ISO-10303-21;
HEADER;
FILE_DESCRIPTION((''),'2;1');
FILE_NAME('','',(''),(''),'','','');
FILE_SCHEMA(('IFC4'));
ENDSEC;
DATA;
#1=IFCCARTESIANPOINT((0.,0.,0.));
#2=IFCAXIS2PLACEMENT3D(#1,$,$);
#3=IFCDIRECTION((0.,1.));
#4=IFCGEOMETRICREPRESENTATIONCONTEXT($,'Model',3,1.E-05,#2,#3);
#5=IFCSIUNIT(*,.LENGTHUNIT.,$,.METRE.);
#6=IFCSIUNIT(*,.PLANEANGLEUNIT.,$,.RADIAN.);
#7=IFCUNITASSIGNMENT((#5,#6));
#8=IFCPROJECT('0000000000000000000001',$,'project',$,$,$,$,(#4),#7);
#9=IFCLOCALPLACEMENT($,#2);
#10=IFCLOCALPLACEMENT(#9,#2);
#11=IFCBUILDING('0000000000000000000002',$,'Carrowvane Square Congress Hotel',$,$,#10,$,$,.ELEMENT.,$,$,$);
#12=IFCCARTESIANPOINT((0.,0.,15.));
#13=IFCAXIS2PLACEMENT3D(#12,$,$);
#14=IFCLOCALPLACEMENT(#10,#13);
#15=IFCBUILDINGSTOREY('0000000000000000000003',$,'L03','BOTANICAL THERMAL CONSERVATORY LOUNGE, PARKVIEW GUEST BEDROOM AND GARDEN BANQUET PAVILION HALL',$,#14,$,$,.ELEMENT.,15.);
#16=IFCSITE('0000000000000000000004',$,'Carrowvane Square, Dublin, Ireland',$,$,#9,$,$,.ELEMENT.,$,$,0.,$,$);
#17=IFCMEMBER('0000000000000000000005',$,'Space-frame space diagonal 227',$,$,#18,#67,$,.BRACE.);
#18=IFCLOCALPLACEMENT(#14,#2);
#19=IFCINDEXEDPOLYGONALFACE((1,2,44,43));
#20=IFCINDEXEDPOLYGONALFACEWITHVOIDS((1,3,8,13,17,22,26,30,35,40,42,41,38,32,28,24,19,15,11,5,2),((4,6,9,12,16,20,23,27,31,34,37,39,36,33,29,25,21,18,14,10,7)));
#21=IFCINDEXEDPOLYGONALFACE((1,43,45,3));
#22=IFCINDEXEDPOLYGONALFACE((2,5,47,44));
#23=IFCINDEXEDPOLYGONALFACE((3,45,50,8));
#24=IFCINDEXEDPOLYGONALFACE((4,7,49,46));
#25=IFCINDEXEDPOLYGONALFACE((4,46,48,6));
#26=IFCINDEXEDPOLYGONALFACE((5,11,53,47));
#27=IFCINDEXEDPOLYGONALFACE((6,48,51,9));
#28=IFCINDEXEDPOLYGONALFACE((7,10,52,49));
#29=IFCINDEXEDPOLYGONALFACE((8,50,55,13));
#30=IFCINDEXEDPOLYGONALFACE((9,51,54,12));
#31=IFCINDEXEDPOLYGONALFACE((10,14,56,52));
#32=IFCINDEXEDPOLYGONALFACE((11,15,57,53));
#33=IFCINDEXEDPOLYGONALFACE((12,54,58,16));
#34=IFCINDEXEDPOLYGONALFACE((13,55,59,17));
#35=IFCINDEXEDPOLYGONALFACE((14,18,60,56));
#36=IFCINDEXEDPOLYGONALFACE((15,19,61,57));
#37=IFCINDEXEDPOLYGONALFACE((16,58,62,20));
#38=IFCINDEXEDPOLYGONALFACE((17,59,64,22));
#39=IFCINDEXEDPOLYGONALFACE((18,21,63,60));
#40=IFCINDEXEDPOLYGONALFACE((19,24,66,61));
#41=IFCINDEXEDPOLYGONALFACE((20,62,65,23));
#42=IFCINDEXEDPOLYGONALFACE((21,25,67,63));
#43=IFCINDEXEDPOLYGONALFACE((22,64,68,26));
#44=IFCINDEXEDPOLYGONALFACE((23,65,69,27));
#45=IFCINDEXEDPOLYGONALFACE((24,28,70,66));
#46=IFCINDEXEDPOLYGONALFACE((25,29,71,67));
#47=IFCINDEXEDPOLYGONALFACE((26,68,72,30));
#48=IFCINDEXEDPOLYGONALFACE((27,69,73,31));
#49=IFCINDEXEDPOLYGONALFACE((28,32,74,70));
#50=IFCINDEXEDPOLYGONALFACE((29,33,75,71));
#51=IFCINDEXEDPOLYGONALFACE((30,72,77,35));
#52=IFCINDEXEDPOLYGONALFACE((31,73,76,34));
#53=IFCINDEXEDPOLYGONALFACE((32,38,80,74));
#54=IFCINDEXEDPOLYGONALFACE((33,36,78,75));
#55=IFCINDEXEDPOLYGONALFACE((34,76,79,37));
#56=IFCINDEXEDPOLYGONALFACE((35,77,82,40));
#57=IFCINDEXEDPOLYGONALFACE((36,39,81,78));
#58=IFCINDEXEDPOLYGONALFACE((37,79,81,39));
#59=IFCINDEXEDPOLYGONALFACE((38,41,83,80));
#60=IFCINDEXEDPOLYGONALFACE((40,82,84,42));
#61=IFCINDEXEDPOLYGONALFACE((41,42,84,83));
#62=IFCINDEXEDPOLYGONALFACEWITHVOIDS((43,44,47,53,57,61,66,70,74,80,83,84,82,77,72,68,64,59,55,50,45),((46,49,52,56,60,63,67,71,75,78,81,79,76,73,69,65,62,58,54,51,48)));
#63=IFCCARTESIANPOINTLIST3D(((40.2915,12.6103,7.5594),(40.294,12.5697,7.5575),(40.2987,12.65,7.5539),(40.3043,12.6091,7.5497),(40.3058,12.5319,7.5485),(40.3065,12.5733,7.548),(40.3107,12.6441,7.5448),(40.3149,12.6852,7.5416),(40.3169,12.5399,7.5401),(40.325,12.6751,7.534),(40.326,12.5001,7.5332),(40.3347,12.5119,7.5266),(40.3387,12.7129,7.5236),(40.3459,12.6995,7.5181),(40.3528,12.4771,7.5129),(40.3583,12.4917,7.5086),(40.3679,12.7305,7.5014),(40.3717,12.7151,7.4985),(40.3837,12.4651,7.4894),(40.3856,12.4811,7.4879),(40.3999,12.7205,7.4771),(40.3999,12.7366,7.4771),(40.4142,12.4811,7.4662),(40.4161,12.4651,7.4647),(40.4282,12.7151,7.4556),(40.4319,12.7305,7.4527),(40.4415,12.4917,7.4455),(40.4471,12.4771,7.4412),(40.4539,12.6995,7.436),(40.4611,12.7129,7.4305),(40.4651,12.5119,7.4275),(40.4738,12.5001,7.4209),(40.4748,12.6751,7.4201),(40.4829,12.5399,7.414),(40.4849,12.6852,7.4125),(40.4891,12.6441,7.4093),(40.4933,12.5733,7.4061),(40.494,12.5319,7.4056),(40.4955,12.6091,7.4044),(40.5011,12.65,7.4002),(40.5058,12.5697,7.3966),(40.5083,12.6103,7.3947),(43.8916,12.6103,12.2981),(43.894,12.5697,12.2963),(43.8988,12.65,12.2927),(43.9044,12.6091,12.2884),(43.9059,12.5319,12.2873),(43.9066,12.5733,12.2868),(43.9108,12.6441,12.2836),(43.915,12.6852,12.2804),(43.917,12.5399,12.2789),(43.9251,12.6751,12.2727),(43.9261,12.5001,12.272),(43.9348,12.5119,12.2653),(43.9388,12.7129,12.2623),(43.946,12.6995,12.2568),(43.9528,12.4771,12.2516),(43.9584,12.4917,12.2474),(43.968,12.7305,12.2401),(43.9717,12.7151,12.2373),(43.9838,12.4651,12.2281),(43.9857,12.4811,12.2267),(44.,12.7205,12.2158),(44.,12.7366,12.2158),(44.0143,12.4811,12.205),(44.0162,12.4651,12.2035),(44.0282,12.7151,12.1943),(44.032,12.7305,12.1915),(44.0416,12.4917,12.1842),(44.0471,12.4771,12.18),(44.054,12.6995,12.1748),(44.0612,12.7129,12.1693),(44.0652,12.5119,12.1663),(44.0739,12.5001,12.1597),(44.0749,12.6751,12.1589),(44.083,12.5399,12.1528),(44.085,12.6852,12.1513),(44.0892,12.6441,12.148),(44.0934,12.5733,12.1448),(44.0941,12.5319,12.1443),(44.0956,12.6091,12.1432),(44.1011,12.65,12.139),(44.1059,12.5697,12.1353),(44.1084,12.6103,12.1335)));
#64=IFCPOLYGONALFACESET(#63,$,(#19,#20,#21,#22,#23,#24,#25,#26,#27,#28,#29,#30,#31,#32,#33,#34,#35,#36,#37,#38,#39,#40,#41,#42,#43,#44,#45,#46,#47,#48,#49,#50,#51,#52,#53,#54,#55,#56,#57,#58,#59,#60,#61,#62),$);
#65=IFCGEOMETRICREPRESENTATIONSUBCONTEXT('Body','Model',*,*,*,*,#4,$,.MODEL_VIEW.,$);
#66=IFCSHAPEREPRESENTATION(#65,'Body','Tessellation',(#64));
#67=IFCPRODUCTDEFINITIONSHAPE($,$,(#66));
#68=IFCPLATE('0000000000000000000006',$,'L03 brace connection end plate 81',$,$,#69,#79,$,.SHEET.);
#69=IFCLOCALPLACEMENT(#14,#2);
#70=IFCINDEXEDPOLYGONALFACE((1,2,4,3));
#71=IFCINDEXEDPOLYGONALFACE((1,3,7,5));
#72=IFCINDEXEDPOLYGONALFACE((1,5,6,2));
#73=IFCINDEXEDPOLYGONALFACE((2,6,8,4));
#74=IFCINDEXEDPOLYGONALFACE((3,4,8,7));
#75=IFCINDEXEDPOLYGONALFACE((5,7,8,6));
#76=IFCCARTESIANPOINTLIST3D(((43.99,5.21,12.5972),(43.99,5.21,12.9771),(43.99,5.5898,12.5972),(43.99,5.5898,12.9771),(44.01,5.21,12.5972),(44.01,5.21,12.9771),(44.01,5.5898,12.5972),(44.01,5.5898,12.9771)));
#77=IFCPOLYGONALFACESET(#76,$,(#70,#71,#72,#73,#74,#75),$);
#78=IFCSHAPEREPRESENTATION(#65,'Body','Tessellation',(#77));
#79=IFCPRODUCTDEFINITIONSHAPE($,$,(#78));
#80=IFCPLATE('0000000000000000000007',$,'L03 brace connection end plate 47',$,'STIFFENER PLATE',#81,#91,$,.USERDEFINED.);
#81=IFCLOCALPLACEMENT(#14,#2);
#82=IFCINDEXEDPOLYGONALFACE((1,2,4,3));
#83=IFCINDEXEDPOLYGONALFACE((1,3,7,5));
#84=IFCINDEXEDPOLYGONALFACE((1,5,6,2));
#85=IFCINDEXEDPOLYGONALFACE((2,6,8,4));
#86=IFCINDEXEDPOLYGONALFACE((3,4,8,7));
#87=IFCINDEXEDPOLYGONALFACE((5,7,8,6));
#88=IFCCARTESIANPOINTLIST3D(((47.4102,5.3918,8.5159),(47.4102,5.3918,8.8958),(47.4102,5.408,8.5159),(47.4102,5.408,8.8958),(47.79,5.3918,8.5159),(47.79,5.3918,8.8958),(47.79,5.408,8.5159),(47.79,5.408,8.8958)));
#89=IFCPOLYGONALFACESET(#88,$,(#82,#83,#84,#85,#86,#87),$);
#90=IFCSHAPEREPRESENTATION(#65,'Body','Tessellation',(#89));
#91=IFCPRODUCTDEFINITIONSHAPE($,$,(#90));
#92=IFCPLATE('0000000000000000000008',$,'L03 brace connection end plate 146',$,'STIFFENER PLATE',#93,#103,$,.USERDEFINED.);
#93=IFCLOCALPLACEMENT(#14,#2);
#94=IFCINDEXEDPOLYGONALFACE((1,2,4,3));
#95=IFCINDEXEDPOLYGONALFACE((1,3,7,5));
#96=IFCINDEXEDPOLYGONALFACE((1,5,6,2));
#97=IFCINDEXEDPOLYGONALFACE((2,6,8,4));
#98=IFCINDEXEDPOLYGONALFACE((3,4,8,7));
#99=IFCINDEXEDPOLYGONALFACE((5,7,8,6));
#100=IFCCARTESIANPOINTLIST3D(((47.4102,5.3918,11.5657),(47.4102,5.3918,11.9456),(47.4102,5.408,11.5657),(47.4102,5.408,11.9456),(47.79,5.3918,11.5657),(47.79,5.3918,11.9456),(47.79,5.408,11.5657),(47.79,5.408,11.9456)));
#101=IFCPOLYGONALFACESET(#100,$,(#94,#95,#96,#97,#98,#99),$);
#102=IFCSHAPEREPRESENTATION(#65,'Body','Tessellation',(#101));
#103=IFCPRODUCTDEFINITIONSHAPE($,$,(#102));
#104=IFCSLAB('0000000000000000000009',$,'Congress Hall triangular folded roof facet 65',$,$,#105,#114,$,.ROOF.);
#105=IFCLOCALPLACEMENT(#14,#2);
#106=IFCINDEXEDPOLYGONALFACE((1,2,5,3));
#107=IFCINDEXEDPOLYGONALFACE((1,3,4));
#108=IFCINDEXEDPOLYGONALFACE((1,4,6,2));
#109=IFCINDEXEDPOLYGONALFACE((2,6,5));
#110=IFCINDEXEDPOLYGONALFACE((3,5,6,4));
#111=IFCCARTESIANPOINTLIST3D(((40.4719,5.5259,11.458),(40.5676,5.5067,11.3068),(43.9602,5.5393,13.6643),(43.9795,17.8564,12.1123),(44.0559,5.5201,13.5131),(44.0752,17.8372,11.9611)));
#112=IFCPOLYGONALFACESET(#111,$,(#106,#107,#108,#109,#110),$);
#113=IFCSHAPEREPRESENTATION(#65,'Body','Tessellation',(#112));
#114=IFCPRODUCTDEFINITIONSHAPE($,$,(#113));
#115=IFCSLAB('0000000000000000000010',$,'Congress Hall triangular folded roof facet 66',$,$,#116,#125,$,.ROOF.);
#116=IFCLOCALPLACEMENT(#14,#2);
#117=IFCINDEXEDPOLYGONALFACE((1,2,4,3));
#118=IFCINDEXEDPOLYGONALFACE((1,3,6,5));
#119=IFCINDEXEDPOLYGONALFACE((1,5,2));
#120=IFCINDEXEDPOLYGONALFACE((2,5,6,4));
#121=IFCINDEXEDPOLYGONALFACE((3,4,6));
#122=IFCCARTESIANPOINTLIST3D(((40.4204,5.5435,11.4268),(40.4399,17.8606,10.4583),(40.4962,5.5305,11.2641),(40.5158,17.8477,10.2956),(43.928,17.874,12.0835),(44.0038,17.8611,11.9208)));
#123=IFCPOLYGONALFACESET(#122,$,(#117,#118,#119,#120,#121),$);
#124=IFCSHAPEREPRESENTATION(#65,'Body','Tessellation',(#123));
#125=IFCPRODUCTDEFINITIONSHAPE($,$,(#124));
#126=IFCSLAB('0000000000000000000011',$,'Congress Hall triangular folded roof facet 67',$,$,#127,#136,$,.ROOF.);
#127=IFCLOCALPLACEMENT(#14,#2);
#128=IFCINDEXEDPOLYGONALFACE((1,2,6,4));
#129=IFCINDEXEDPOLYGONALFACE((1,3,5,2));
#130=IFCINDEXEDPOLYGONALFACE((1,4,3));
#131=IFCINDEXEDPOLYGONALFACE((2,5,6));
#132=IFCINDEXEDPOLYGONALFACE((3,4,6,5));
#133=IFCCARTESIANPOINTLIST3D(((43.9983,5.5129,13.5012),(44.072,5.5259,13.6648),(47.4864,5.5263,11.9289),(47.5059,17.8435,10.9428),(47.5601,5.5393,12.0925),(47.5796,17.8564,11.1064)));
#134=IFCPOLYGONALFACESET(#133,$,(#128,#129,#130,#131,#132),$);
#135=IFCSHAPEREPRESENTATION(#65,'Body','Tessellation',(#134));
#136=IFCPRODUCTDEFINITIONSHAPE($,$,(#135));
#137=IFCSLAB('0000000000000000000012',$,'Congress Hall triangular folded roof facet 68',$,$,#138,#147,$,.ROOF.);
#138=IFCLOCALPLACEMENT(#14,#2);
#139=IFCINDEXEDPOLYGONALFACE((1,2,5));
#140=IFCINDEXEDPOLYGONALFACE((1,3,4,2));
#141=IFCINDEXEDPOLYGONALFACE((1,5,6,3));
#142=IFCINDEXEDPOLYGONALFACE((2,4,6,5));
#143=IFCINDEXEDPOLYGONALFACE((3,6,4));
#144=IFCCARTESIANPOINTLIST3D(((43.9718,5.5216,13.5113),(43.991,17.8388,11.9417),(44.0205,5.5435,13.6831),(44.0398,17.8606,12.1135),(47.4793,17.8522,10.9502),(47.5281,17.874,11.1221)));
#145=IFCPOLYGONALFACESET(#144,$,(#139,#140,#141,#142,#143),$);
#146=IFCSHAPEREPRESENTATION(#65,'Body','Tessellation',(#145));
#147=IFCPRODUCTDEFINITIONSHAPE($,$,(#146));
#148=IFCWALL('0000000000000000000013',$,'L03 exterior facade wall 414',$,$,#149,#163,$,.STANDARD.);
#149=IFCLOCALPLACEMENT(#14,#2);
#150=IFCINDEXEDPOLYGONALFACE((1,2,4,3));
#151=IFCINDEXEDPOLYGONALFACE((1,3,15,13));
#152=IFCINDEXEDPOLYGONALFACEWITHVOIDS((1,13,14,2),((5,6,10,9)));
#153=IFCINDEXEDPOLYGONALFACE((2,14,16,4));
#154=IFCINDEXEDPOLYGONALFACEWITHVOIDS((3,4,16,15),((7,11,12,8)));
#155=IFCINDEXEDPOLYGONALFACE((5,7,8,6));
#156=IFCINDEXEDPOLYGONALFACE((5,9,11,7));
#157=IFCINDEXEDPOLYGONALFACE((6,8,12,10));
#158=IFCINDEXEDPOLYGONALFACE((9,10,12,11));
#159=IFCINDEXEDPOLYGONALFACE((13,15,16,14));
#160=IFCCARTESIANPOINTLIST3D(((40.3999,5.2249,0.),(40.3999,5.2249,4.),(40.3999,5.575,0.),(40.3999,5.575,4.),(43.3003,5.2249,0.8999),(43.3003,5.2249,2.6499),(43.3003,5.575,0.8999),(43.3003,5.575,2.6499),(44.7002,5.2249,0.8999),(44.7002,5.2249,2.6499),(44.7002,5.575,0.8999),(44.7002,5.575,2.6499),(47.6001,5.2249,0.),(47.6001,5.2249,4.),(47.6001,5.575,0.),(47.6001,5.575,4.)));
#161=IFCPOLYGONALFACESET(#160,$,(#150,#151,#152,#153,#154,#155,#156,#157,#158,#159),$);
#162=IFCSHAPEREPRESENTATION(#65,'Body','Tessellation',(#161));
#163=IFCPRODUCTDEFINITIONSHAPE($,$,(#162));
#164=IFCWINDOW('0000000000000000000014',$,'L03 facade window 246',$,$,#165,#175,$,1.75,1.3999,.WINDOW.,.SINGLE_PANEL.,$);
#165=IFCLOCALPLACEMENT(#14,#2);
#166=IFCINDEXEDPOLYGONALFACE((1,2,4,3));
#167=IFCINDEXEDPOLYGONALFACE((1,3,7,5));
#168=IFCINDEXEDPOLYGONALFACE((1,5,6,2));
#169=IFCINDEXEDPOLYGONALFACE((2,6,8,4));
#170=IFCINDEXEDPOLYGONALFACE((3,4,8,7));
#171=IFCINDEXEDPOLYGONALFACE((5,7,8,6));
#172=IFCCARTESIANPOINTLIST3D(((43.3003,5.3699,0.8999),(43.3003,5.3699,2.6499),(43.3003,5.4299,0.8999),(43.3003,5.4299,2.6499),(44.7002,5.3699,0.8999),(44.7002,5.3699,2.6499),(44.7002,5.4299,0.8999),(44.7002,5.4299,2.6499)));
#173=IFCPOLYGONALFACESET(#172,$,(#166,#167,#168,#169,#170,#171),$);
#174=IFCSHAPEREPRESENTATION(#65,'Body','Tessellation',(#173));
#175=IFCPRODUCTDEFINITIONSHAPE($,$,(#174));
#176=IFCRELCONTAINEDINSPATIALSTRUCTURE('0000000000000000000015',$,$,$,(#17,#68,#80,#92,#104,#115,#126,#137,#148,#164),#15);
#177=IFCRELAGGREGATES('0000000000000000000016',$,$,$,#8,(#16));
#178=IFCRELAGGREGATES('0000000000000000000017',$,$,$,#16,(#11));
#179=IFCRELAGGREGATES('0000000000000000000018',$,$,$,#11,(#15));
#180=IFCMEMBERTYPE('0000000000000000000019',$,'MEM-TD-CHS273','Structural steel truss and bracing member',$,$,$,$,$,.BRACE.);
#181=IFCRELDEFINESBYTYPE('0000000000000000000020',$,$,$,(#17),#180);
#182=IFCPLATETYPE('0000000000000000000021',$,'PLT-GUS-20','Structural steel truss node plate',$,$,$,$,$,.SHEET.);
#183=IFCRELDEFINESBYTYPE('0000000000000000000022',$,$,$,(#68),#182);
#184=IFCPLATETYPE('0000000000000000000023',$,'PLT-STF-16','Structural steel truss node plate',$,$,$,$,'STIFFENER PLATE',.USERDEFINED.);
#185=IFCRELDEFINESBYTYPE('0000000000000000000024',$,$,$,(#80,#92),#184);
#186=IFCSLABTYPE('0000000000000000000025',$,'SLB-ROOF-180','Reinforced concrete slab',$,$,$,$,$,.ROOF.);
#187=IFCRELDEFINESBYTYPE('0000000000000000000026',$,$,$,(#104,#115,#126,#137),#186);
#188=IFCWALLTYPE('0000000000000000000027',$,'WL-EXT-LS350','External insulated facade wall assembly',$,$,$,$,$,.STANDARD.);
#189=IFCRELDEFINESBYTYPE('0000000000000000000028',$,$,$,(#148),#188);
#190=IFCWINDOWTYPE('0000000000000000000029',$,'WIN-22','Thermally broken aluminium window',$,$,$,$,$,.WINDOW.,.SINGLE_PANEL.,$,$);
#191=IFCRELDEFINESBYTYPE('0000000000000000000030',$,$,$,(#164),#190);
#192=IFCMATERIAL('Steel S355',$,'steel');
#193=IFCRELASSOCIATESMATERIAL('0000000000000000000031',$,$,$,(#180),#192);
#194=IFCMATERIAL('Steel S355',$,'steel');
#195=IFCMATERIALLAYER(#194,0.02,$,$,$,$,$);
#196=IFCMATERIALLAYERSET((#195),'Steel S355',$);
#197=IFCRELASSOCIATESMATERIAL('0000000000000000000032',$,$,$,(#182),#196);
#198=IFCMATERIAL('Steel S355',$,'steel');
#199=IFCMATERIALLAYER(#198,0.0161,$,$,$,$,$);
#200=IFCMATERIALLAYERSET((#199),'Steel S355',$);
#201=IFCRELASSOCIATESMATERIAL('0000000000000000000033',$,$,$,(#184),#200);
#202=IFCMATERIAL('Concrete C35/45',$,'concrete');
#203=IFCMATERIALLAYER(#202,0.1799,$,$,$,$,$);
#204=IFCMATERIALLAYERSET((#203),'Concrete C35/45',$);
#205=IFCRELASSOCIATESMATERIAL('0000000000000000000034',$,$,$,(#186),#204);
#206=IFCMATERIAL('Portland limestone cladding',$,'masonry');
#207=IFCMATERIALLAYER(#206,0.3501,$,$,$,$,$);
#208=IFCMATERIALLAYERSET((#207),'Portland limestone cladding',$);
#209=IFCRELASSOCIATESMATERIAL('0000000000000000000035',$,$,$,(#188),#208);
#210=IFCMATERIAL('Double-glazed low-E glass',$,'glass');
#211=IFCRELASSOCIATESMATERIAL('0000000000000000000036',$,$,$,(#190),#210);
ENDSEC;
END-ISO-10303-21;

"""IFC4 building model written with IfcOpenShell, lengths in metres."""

from ifc_helpers import new_model, si_unit, direction, frame, frame_2d, origin, origin_2d, place, context, subcontext, project, spatial, polyline, rectangle, hollow_circle, outline, extrude, material, layer, layer_set, material_profile, profile_set, type_object, element, fill, save


model = new_model("IFC4")

# Units and contexts
model_context = context("Model", 3, precision=1e-05, world=origin(), true_north=direction((0.0, 1.0)))
body_context = subcontext(model_context, "Body", "Model", "MODEL_VIEW")
ifc_project = project(units=[si_unit("LENGTHUNIT", "METRE"), si_unit("PLANEANGLEUNIT", "RADIAN")], contexts=[model_context])

# Site, building, storey
site_placement = place(None, origin())
site = spatial("IfcSite", under=ifc_project, at=site_placement, Name="Carrowvane Square, Dublin, Ireland", CompositionType="ELEMENT", RefElevation=0.0)
building_placement = place(site_placement, origin())
building = spatial("IfcBuilding", under=site, at=building_placement, Name="Carrowvane Square Congress Hotel", CompositionType="ELEMENT")
storey_placement = place(building_placement, frame((0.0, 0.0, 15.0)))
storey = spatial("IfcBuildingStorey", under=building, at=storey_placement, Name="L03", Description="BOTANICAL THERMAL CONSERVATORY LOUNGE, PARKVIEW GUEST BEDROOM AND GARDEN BANQUET PAVILION HALL", CompositionType="ELEMENT", Elevation=15.0)

# Member
ifc_material_1 = material(Name="Steel S355", Category="steel")
ifc_material_profile_1 = material_profile(ifc_material_1, hollow_circle(Radius=0.1365, WallThickness=0.0161, at=origin_2d()), Name="CHS 273.0x16")
ifc_profile_set_1 = profile_set([ifc_material_profile_1], Name="Steel S355")
member_type_1 = type_object("IfcMemberType", Name="MEM-TD-CHS273", Description="Structural steel truss and bracing member", PredefinedType="BRACE", material=ifc_profile_set_1)
member_1_placement = place(storey_placement, frame((40.3999, 12.6001, 7.4771), z_axis=(0.604938, 0.0, 0.796273), x_axis=(0.0, 1.0, 0.0)))
element("IfcMember", 1, at=member_1_placement, inside=storey, type_object=member_type_1, Name="Space-frame space diagonal 227", PredefinedType="BRACE", context=body_context, shape_type="SweptSolid", body=[
    extrude(hollow_circle(Radius=0.1365, WallThickness=0.0161, at=origin_2d()), origin(), (0.0, 0.0, 1.0), 5.9512),
])

# Plates
ifc_material_2 = material(Name="Steel S355", Category="steel")
ifc_layer_1 = layer(ifc_material_2, 0.02)
ifc_layer_set_1 = layer_set([ifc_layer_1], Name="Steel S355")
plate_type_1 = type_object("IfcPlateType", Name="PLT-GUS-20", Description="Structural steel truss node plate", PredefinedType="SHEET", material=ifc_layer_set_1)
plate_placement = place(storey_placement, frame((44.0, 5.3999, 12.5972), z_axis=(0.0, 0.0, 1.0), x_axis=(1.0, 0.0, 0.0)))
element("IfcPlate", 2, at=plate_placement, inside=storey, type_object=plate_type_1, Name="L03 brace connection end plate 81", PredefinedType="SHEET", context=body_context, shape_type="SweptSolid", body=[
    extrude(rectangle(XDim=0.02, YDim=0.3799, at=origin_2d()), origin(), (0.0, 0.0, 1.0), 0.3799),
])
ifc_material_3 = material(Name="Steel S355", Category="steel")
ifc_layer_2 = layer(ifc_material_3, 0.0161)
ifc_layer_set_2 = layer_set([ifc_layer_2], Name="Steel S355")
plate_type_2 = type_object("IfcPlateType", Name="PLT-STF-16", Description="Structural steel truss node plate", ElementType="STIFFENER PLATE", PredefinedType="USERDEFINED", material=ifc_layer_set_2)
for number, where, z_axis, x_axis, name in (
    (3, (47.6001, 5.3999, 8.5159), (0.0, 0.0, 1.0), (1.0, 0.0, 0.0), "L03 brace connection end plate 47"),
    (4, (47.6001, 5.3999, 11.5657), (0.0, 0.0, 1.0), (1.0, 0.0, 0.0), "L03 brace connection end plate 146"),
):
    element("IfcPlate", number, at=place(storey_placement, frame(where, z_axis=z_axis, x_axis=x_axis)), inside=storey, type_object=plate_type_2, Name=name, ObjectType="STIFFENER PLATE", PredefinedType="USERDEFINED", context=body_context, shape_type="SweptSolid", body=[
        extrude(rectangle(XDim=0.3799, YDim=0.0161, at=origin_2d()), origin(), (0.0, 0.0, 1.0), 0.3799),
    ])

# Slabs
ifc_material_4 = material(Name="Concrete C35/45", Category="concrete")
ifc_layer_3 = layer(ifc_material_4, 0.1799)
ifc_layer_set_3 = layer_set([ifc_layer_3], Name="Concrete C35/45")
slab_type = type_object("IfcSlabType", Name="SLB-ROOF-180", Description="Reinforced concrete slab", PredefinedType="ROOF", material=ifc_layer_set_3)
slab_1_placement = place(storey_placement, frame((40.4719, 5.5259, 11.458), z_axis=(-0.531785, 0.106692, 0.840132), x_axis=(0.845137, 0.003253, 0.53454)))
element("IfcSlab", 5, at=slab_1_placement, inside=storey, type_object=slab_type, Name="Congress Hall triangular folded roof facet 65", PredefinedType="ROOF", context=body_context, shape_type="SweptSolid", body=[
    extrude(outline(polyline([(0.0, 0.0), (4.1275, 0.0), (3.3542, 12.3904), (0.0, 0.0)])), origin(), (0.0, 0.0, -1.0), 0.1799),
])
slab_2_placement = place(storey_placement, frame((40.4204, 5.5435, 11.4268), z_axis=(-0.421489, 0.07175, 0.903991), x_axis=(0.273248, 0.960582, 0.051162)))
element("IfcSlab", 6, at=slab_2_placement, inside=storey, type_object=slab_type, Name="Congress Hall triangular folded roof facet 66", PredefinedType="ROOF", context=body_context, shape_type="SweptSolid", body=[
    extrude(outline(polyline([(0.0, 0.0), (12.8366, 0.0), (11.7874, 3.7023), (0.0, 0.0)])), origin(), (0.0, 0.0, -1.0), 0.1799),
])
slab_3_placement = place(storey_placement, frame((44.072, 5.5259, 13.6648), z_axis=(0.409638, 0.072154, 0.90939), x_axis=(0.911657, 0.00351, -0.410938)))
element("IfcSlab", 7, at=slab_3_placement, inside=storey, type_object=slab_type, Name="Congress Hall triangular folded roof facet 67", PredefinedType="ROOF", context=body_context, shape_type="SweptSolid", body=[
    extrude(outline(polyline([(0.0, 0.0), (3.826, 0.0), (4.2923, 12.3478), (0.0, 0.0)])), origin(), (0.0, 0.0, -1.0), 0.1799),
])
slab_4_placement = place(storey_placement, frame((44.0205, 5.5435, 13.6831), z_axis=(0.270947, 0.121262, 0.954926), x_axis=(0.268305, 0.943205, -0.195902)))
element("IfcSlab", 8, at=slab_4_placement, inside=storey, type_object=slab_type, Name="Congress Hall triangular folded roof facet 68", PredefinedType="ROOF", context=body_context, shape_type="SweptSolid", body=[
    extrude(outline(polyline([(0.0, 0.0), (13.0731, 0.0), (11.9302, 3.4417), (0.0, 0.0)])), origin(), (0.0, 0.0, -1.0), 0.1799),
])

# Wall, opening, window
ifc_material_5 = material(Name="Portland limestone cladding", Category="masonry")
ifc_layer_4 = layer(ifc_material_5, 0.3501)
ifc_layer_set_4 = layer_set([ifc_layer_4], Name="Portland limestone cladding")
wall_type = type_object("IfcWallType", Name="WL-EXT-LS350", Description="External insulated facade wall assembly", PredefinedType="STANDARD", material=ifc_layer_set_4)
wall_placement = place(storey_placement, frame((47.6001, 5.3999, 0.0), z_axis=(0.0, 0.0, 1.0), x_axis=(-1.0, 0.0, 0.0)))
wall = element("IfcWall", 9, at=wall_placement, inside=storey, type_object=wall_type, Name="L03 exterior facade wall 414", PredefinedType="STANDARD", context=body_context, shape_type="SweptSolid", body=[
    extrude(rectangle(XDim=7.2002, YDim=0.3501, at=frame_2d((3.6001, 0.0))), origin(), (0.0, 0.0, 1.0), 4.0),
])
opening_placement = place(wall_placement, frame((2.8999, 0.0, 0.8999)))
opening = element("IfcOpeningElement", 10, at=opening_placement, cuts=wall, PredefinedType="OPENING", context=body_context, shape_type="SweptSolid", body=[
    extrude(rectangle(XDim=1.3999, YDim=1.75, at=frame_2d((0.7, 0.875))), frame((0.0, 0.1851, 0.0), z_axis=(0.0, -1.0, 0.0), x_axis=(1.0, 0.0, 0.0)), (0.0, 0.0, 1.0), 0.3701),
])
ifc_material_6 = material(Name="Double-glazed low-E glass", Category="glass")
window_type = type_object("IfcWindowType", Name="WIN-22", Description="Thermally broken aluminium window", PartitioningType="SINGLE_PANEL", PredefinedType="WINDOW", material=ifc_material_6)
window_placement = place(opening_placement, origin())
window = element("IfcWindow", 11, at=window_placement, inside=storey, type_object=window_type, Name="L03 facade window 246", OverallHeight=1.75, OverallWidth=1.3999, PartitioningType="SINGLE_PANEL", PredefinedType="WINDOW", context=body_context, shape_type="SweptSolid", body=[
    extrude(rectangle(XDim=1.3999, YDim=1.75, at=frame_2d((0.7, 0.875))), frame((0.0, 0.03, 0.0), z_axis=(0.0, -1.0, 0.0), x_axis=(1.0, 0.0, 0.0)), (0.0, 0.0, 1.0), 0.0601),
])
fill(opening, window)

save(model, "model.ifc")
